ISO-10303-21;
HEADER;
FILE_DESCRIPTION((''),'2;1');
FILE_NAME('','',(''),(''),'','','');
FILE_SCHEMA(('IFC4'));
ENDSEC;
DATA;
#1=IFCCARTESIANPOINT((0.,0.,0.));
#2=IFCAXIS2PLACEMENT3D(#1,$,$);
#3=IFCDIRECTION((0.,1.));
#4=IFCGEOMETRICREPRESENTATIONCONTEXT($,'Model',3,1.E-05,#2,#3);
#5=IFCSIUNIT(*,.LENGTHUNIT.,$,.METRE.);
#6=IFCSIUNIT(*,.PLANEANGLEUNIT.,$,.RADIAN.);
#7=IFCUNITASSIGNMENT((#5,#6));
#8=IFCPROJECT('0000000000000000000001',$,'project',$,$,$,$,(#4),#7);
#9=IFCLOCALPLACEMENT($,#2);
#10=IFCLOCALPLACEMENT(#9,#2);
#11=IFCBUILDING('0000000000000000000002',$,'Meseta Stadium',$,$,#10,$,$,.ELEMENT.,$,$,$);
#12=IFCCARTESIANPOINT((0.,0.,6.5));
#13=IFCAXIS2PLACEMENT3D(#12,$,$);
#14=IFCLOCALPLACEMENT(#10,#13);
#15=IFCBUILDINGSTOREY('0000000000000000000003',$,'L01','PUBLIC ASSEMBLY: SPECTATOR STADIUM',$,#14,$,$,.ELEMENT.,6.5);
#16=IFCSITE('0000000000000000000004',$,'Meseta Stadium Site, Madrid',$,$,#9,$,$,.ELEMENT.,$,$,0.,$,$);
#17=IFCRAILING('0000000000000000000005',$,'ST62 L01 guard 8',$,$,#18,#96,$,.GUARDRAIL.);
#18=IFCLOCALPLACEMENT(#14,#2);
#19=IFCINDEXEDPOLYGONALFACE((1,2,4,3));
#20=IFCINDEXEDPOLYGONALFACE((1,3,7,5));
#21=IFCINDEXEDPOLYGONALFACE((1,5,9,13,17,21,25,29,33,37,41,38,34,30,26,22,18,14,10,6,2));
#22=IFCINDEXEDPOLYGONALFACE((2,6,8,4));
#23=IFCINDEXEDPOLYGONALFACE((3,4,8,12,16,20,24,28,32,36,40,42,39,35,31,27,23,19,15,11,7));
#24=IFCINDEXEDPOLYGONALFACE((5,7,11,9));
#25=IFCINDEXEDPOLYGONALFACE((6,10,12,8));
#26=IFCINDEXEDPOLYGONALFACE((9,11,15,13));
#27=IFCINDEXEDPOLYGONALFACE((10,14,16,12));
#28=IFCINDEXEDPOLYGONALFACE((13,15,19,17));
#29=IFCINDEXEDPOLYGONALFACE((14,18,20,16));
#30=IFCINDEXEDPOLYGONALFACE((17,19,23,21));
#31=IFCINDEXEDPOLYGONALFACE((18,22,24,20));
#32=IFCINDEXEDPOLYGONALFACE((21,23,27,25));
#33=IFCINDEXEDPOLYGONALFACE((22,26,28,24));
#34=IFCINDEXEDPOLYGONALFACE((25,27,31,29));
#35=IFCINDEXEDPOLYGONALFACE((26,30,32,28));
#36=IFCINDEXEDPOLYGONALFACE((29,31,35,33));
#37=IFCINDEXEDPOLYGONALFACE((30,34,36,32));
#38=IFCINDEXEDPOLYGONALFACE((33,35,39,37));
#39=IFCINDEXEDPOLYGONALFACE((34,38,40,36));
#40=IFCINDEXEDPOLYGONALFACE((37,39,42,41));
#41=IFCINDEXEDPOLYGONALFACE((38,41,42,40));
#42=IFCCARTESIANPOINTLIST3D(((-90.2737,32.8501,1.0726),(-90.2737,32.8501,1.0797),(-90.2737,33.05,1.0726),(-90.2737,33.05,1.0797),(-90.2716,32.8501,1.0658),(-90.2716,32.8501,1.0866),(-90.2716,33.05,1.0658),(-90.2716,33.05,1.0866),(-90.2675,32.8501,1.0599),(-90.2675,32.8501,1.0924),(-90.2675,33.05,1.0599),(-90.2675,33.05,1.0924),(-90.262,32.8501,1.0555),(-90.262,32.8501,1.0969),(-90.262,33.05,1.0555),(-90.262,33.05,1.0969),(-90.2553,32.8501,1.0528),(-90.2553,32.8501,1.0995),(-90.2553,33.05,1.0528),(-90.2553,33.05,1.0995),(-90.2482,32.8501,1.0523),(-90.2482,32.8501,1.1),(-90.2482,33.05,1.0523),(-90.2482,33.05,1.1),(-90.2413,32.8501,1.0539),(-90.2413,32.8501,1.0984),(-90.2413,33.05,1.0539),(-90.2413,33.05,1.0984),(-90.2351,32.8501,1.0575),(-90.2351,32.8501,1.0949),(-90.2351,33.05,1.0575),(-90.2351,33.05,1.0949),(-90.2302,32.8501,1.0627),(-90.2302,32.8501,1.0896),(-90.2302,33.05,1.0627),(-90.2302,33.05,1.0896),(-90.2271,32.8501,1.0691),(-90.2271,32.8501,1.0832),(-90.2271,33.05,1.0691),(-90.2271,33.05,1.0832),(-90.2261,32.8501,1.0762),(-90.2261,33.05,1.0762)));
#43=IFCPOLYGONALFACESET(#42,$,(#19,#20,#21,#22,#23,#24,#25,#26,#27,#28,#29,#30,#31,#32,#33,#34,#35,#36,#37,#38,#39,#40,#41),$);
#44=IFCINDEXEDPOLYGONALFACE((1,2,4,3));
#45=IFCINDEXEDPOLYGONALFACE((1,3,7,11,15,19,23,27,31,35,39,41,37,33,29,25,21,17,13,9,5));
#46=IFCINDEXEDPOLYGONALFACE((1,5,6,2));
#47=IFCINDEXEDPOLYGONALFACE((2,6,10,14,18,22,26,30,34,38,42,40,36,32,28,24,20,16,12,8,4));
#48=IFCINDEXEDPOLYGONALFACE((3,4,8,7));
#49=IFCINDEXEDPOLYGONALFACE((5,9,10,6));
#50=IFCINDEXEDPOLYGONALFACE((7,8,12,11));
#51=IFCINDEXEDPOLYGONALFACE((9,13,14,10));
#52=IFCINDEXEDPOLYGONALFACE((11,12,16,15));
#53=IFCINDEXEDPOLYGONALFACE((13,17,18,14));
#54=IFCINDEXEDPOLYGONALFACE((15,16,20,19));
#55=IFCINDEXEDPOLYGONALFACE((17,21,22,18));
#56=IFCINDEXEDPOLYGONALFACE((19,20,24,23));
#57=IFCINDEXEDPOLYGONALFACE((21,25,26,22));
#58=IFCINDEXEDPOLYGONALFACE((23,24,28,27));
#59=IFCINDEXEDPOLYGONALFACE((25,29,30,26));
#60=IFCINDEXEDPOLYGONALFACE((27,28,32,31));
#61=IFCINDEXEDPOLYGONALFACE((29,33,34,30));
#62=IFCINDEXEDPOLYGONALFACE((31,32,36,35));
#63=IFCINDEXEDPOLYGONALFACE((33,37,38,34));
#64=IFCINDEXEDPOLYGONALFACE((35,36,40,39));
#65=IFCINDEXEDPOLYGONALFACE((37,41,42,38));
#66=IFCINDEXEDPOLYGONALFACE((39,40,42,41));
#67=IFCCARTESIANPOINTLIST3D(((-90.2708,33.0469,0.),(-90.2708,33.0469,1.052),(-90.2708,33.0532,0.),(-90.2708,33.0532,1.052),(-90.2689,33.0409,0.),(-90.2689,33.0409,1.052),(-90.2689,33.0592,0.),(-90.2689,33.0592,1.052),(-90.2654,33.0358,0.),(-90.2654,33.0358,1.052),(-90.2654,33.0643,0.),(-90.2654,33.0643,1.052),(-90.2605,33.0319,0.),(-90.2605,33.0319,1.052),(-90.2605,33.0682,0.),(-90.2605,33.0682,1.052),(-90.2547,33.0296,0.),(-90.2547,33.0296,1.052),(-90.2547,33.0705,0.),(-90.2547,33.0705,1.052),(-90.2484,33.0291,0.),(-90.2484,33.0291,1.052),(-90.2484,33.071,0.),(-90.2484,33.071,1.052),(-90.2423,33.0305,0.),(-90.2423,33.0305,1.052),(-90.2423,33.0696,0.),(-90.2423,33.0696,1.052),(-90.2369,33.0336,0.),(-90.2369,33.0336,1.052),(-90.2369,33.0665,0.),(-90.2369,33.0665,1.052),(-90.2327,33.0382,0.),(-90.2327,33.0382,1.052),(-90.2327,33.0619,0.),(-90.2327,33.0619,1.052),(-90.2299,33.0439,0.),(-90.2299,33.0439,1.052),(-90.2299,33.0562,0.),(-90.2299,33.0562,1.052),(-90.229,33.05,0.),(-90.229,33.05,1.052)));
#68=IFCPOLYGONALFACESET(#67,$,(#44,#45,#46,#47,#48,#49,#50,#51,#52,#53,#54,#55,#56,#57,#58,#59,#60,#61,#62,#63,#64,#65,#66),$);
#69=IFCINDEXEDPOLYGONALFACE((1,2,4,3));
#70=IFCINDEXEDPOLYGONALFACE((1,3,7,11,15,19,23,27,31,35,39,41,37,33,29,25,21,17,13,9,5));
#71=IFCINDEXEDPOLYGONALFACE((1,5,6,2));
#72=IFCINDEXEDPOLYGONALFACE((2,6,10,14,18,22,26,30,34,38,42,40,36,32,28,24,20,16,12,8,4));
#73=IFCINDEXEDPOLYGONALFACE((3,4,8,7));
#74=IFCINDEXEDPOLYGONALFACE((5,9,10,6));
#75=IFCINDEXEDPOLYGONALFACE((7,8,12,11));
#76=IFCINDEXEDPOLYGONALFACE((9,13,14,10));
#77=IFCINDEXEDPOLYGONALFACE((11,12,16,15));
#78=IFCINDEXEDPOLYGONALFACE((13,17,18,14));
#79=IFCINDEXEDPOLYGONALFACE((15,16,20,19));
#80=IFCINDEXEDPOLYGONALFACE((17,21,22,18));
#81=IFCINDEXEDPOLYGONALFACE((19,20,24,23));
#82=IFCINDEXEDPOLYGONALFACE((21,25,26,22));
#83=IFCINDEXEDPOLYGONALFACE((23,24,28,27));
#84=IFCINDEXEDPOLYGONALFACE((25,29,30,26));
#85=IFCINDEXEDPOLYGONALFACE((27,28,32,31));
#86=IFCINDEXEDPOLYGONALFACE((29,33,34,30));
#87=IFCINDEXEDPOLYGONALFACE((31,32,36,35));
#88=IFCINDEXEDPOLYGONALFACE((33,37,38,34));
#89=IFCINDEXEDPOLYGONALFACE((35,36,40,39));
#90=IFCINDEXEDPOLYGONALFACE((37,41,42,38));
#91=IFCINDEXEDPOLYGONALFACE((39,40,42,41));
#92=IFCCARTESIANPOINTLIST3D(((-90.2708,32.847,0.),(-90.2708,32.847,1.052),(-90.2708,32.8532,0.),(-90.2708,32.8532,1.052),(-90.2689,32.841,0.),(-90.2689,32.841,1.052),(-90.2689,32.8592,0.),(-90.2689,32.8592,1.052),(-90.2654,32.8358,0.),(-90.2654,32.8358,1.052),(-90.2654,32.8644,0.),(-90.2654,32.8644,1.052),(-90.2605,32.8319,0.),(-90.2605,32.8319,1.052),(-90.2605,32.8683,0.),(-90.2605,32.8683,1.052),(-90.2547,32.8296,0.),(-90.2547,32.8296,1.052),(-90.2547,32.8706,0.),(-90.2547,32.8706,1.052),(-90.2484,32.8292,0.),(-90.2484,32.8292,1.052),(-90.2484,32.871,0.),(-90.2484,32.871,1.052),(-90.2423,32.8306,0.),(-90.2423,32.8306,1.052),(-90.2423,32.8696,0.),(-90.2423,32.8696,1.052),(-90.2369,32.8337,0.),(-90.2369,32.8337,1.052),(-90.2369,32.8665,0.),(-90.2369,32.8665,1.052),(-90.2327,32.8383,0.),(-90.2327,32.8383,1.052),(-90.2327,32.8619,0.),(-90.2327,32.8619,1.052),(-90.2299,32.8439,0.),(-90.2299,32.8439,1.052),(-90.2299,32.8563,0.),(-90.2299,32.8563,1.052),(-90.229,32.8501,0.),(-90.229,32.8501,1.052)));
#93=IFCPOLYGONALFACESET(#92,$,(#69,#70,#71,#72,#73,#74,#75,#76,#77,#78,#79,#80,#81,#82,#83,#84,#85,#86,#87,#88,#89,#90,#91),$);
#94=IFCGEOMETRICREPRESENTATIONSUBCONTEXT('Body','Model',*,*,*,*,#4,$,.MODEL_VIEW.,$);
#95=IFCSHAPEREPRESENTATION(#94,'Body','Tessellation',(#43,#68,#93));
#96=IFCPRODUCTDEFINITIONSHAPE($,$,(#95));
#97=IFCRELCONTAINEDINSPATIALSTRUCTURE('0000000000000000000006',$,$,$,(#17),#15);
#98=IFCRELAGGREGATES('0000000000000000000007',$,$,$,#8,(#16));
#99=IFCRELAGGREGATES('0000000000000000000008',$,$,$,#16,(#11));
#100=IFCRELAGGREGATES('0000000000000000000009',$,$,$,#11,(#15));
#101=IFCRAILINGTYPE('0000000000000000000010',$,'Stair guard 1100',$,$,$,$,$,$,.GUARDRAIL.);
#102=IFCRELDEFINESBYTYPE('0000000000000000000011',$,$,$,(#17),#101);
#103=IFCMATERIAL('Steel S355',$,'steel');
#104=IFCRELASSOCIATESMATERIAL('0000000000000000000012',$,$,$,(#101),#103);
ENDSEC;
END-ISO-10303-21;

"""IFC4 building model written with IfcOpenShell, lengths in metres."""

from ifc_helpers import new_model, si_unit, direction, frame, origin, origin_2d, place, context, subcontext, project, spatial, circle, extrude, material, type_object, element, save


model = new_model("IFC4")

# Units and contexts
model_context = context("Model", 3, precision=1e-05, world=origin(), true_north=direction((0.0, 1.0)))
body_context = subcontext(model_context, "Body", "Model", "MODEL_VIEW")
ifc_project = project(units=[si_unit("LENGTHUNIT", "METRE"), si_unit("PLANEANGLEUNIT", "RADIAN")], contexts=[model_context])

# Site, building, storey
site_placement = place(None, origin())
site = spatial("IfcSite", under=ifc_project, at=site_placement, Name="Meseta Stadium Site, Madrid", CompositionType="ELEMENT", RefElevation=0.0)
building_placement = place(site_placement, origin())
building = spatial("IfcBuilding", under=site, at=building_placement, Name="Meseta Stadium", CompositionType="ELEMENT")
storey_placement = place(building_placement, frame((0.0, 0.0, 6.5)))
storey = spatial("IfcBuildingStorey", under=building, at=storey_placement, Name="L01", Description="PUBLIC ASSEMBLY: SPECTATOR STADIUM", CompositionType="ELEMENT", Elevation=6.5)

# Railing
ifc_material_1 = material(Name="Steel S355", Category="steel")
railing_type_1 = type_object("IfcRailingType", Name="Stair guard 1100", PredefinedType="GUARDRAIL", material=ifc_material_1)
railing_1_placement = place(storey_placement, frame((-90.25, 33.05, 0.0)))
element("IfcRailing", 1, at=railing_1_placement, inside=storey, type_object=railing_type_1, Name="ST62 L01 guard 8", PredefinedType="GUARDRAIL", context=body_context, shape_type="SweptSolid", body=[
    extrude(circle(Radius=0.0239, at=origin_2d()), frame((0.0, 0.0, 1.0762), z_axis=(0.0, -1.0, 0.0), x_axis=(1.0, 0.0, 0.0)), (0.0, 0.0, 1.0), 0.2),
    extrude(circle(Radius=0.021, at=origin_2d()), origin(), (0.0, 0.0, 1.0), 1.052),
    extrude(circle(Radius=0.021, at=origin_2d()), frame((0.0, -0.2, 0.0)), (0.0, 0.0, 1.0), 1.052),
])

save(model, "model.ifc")
